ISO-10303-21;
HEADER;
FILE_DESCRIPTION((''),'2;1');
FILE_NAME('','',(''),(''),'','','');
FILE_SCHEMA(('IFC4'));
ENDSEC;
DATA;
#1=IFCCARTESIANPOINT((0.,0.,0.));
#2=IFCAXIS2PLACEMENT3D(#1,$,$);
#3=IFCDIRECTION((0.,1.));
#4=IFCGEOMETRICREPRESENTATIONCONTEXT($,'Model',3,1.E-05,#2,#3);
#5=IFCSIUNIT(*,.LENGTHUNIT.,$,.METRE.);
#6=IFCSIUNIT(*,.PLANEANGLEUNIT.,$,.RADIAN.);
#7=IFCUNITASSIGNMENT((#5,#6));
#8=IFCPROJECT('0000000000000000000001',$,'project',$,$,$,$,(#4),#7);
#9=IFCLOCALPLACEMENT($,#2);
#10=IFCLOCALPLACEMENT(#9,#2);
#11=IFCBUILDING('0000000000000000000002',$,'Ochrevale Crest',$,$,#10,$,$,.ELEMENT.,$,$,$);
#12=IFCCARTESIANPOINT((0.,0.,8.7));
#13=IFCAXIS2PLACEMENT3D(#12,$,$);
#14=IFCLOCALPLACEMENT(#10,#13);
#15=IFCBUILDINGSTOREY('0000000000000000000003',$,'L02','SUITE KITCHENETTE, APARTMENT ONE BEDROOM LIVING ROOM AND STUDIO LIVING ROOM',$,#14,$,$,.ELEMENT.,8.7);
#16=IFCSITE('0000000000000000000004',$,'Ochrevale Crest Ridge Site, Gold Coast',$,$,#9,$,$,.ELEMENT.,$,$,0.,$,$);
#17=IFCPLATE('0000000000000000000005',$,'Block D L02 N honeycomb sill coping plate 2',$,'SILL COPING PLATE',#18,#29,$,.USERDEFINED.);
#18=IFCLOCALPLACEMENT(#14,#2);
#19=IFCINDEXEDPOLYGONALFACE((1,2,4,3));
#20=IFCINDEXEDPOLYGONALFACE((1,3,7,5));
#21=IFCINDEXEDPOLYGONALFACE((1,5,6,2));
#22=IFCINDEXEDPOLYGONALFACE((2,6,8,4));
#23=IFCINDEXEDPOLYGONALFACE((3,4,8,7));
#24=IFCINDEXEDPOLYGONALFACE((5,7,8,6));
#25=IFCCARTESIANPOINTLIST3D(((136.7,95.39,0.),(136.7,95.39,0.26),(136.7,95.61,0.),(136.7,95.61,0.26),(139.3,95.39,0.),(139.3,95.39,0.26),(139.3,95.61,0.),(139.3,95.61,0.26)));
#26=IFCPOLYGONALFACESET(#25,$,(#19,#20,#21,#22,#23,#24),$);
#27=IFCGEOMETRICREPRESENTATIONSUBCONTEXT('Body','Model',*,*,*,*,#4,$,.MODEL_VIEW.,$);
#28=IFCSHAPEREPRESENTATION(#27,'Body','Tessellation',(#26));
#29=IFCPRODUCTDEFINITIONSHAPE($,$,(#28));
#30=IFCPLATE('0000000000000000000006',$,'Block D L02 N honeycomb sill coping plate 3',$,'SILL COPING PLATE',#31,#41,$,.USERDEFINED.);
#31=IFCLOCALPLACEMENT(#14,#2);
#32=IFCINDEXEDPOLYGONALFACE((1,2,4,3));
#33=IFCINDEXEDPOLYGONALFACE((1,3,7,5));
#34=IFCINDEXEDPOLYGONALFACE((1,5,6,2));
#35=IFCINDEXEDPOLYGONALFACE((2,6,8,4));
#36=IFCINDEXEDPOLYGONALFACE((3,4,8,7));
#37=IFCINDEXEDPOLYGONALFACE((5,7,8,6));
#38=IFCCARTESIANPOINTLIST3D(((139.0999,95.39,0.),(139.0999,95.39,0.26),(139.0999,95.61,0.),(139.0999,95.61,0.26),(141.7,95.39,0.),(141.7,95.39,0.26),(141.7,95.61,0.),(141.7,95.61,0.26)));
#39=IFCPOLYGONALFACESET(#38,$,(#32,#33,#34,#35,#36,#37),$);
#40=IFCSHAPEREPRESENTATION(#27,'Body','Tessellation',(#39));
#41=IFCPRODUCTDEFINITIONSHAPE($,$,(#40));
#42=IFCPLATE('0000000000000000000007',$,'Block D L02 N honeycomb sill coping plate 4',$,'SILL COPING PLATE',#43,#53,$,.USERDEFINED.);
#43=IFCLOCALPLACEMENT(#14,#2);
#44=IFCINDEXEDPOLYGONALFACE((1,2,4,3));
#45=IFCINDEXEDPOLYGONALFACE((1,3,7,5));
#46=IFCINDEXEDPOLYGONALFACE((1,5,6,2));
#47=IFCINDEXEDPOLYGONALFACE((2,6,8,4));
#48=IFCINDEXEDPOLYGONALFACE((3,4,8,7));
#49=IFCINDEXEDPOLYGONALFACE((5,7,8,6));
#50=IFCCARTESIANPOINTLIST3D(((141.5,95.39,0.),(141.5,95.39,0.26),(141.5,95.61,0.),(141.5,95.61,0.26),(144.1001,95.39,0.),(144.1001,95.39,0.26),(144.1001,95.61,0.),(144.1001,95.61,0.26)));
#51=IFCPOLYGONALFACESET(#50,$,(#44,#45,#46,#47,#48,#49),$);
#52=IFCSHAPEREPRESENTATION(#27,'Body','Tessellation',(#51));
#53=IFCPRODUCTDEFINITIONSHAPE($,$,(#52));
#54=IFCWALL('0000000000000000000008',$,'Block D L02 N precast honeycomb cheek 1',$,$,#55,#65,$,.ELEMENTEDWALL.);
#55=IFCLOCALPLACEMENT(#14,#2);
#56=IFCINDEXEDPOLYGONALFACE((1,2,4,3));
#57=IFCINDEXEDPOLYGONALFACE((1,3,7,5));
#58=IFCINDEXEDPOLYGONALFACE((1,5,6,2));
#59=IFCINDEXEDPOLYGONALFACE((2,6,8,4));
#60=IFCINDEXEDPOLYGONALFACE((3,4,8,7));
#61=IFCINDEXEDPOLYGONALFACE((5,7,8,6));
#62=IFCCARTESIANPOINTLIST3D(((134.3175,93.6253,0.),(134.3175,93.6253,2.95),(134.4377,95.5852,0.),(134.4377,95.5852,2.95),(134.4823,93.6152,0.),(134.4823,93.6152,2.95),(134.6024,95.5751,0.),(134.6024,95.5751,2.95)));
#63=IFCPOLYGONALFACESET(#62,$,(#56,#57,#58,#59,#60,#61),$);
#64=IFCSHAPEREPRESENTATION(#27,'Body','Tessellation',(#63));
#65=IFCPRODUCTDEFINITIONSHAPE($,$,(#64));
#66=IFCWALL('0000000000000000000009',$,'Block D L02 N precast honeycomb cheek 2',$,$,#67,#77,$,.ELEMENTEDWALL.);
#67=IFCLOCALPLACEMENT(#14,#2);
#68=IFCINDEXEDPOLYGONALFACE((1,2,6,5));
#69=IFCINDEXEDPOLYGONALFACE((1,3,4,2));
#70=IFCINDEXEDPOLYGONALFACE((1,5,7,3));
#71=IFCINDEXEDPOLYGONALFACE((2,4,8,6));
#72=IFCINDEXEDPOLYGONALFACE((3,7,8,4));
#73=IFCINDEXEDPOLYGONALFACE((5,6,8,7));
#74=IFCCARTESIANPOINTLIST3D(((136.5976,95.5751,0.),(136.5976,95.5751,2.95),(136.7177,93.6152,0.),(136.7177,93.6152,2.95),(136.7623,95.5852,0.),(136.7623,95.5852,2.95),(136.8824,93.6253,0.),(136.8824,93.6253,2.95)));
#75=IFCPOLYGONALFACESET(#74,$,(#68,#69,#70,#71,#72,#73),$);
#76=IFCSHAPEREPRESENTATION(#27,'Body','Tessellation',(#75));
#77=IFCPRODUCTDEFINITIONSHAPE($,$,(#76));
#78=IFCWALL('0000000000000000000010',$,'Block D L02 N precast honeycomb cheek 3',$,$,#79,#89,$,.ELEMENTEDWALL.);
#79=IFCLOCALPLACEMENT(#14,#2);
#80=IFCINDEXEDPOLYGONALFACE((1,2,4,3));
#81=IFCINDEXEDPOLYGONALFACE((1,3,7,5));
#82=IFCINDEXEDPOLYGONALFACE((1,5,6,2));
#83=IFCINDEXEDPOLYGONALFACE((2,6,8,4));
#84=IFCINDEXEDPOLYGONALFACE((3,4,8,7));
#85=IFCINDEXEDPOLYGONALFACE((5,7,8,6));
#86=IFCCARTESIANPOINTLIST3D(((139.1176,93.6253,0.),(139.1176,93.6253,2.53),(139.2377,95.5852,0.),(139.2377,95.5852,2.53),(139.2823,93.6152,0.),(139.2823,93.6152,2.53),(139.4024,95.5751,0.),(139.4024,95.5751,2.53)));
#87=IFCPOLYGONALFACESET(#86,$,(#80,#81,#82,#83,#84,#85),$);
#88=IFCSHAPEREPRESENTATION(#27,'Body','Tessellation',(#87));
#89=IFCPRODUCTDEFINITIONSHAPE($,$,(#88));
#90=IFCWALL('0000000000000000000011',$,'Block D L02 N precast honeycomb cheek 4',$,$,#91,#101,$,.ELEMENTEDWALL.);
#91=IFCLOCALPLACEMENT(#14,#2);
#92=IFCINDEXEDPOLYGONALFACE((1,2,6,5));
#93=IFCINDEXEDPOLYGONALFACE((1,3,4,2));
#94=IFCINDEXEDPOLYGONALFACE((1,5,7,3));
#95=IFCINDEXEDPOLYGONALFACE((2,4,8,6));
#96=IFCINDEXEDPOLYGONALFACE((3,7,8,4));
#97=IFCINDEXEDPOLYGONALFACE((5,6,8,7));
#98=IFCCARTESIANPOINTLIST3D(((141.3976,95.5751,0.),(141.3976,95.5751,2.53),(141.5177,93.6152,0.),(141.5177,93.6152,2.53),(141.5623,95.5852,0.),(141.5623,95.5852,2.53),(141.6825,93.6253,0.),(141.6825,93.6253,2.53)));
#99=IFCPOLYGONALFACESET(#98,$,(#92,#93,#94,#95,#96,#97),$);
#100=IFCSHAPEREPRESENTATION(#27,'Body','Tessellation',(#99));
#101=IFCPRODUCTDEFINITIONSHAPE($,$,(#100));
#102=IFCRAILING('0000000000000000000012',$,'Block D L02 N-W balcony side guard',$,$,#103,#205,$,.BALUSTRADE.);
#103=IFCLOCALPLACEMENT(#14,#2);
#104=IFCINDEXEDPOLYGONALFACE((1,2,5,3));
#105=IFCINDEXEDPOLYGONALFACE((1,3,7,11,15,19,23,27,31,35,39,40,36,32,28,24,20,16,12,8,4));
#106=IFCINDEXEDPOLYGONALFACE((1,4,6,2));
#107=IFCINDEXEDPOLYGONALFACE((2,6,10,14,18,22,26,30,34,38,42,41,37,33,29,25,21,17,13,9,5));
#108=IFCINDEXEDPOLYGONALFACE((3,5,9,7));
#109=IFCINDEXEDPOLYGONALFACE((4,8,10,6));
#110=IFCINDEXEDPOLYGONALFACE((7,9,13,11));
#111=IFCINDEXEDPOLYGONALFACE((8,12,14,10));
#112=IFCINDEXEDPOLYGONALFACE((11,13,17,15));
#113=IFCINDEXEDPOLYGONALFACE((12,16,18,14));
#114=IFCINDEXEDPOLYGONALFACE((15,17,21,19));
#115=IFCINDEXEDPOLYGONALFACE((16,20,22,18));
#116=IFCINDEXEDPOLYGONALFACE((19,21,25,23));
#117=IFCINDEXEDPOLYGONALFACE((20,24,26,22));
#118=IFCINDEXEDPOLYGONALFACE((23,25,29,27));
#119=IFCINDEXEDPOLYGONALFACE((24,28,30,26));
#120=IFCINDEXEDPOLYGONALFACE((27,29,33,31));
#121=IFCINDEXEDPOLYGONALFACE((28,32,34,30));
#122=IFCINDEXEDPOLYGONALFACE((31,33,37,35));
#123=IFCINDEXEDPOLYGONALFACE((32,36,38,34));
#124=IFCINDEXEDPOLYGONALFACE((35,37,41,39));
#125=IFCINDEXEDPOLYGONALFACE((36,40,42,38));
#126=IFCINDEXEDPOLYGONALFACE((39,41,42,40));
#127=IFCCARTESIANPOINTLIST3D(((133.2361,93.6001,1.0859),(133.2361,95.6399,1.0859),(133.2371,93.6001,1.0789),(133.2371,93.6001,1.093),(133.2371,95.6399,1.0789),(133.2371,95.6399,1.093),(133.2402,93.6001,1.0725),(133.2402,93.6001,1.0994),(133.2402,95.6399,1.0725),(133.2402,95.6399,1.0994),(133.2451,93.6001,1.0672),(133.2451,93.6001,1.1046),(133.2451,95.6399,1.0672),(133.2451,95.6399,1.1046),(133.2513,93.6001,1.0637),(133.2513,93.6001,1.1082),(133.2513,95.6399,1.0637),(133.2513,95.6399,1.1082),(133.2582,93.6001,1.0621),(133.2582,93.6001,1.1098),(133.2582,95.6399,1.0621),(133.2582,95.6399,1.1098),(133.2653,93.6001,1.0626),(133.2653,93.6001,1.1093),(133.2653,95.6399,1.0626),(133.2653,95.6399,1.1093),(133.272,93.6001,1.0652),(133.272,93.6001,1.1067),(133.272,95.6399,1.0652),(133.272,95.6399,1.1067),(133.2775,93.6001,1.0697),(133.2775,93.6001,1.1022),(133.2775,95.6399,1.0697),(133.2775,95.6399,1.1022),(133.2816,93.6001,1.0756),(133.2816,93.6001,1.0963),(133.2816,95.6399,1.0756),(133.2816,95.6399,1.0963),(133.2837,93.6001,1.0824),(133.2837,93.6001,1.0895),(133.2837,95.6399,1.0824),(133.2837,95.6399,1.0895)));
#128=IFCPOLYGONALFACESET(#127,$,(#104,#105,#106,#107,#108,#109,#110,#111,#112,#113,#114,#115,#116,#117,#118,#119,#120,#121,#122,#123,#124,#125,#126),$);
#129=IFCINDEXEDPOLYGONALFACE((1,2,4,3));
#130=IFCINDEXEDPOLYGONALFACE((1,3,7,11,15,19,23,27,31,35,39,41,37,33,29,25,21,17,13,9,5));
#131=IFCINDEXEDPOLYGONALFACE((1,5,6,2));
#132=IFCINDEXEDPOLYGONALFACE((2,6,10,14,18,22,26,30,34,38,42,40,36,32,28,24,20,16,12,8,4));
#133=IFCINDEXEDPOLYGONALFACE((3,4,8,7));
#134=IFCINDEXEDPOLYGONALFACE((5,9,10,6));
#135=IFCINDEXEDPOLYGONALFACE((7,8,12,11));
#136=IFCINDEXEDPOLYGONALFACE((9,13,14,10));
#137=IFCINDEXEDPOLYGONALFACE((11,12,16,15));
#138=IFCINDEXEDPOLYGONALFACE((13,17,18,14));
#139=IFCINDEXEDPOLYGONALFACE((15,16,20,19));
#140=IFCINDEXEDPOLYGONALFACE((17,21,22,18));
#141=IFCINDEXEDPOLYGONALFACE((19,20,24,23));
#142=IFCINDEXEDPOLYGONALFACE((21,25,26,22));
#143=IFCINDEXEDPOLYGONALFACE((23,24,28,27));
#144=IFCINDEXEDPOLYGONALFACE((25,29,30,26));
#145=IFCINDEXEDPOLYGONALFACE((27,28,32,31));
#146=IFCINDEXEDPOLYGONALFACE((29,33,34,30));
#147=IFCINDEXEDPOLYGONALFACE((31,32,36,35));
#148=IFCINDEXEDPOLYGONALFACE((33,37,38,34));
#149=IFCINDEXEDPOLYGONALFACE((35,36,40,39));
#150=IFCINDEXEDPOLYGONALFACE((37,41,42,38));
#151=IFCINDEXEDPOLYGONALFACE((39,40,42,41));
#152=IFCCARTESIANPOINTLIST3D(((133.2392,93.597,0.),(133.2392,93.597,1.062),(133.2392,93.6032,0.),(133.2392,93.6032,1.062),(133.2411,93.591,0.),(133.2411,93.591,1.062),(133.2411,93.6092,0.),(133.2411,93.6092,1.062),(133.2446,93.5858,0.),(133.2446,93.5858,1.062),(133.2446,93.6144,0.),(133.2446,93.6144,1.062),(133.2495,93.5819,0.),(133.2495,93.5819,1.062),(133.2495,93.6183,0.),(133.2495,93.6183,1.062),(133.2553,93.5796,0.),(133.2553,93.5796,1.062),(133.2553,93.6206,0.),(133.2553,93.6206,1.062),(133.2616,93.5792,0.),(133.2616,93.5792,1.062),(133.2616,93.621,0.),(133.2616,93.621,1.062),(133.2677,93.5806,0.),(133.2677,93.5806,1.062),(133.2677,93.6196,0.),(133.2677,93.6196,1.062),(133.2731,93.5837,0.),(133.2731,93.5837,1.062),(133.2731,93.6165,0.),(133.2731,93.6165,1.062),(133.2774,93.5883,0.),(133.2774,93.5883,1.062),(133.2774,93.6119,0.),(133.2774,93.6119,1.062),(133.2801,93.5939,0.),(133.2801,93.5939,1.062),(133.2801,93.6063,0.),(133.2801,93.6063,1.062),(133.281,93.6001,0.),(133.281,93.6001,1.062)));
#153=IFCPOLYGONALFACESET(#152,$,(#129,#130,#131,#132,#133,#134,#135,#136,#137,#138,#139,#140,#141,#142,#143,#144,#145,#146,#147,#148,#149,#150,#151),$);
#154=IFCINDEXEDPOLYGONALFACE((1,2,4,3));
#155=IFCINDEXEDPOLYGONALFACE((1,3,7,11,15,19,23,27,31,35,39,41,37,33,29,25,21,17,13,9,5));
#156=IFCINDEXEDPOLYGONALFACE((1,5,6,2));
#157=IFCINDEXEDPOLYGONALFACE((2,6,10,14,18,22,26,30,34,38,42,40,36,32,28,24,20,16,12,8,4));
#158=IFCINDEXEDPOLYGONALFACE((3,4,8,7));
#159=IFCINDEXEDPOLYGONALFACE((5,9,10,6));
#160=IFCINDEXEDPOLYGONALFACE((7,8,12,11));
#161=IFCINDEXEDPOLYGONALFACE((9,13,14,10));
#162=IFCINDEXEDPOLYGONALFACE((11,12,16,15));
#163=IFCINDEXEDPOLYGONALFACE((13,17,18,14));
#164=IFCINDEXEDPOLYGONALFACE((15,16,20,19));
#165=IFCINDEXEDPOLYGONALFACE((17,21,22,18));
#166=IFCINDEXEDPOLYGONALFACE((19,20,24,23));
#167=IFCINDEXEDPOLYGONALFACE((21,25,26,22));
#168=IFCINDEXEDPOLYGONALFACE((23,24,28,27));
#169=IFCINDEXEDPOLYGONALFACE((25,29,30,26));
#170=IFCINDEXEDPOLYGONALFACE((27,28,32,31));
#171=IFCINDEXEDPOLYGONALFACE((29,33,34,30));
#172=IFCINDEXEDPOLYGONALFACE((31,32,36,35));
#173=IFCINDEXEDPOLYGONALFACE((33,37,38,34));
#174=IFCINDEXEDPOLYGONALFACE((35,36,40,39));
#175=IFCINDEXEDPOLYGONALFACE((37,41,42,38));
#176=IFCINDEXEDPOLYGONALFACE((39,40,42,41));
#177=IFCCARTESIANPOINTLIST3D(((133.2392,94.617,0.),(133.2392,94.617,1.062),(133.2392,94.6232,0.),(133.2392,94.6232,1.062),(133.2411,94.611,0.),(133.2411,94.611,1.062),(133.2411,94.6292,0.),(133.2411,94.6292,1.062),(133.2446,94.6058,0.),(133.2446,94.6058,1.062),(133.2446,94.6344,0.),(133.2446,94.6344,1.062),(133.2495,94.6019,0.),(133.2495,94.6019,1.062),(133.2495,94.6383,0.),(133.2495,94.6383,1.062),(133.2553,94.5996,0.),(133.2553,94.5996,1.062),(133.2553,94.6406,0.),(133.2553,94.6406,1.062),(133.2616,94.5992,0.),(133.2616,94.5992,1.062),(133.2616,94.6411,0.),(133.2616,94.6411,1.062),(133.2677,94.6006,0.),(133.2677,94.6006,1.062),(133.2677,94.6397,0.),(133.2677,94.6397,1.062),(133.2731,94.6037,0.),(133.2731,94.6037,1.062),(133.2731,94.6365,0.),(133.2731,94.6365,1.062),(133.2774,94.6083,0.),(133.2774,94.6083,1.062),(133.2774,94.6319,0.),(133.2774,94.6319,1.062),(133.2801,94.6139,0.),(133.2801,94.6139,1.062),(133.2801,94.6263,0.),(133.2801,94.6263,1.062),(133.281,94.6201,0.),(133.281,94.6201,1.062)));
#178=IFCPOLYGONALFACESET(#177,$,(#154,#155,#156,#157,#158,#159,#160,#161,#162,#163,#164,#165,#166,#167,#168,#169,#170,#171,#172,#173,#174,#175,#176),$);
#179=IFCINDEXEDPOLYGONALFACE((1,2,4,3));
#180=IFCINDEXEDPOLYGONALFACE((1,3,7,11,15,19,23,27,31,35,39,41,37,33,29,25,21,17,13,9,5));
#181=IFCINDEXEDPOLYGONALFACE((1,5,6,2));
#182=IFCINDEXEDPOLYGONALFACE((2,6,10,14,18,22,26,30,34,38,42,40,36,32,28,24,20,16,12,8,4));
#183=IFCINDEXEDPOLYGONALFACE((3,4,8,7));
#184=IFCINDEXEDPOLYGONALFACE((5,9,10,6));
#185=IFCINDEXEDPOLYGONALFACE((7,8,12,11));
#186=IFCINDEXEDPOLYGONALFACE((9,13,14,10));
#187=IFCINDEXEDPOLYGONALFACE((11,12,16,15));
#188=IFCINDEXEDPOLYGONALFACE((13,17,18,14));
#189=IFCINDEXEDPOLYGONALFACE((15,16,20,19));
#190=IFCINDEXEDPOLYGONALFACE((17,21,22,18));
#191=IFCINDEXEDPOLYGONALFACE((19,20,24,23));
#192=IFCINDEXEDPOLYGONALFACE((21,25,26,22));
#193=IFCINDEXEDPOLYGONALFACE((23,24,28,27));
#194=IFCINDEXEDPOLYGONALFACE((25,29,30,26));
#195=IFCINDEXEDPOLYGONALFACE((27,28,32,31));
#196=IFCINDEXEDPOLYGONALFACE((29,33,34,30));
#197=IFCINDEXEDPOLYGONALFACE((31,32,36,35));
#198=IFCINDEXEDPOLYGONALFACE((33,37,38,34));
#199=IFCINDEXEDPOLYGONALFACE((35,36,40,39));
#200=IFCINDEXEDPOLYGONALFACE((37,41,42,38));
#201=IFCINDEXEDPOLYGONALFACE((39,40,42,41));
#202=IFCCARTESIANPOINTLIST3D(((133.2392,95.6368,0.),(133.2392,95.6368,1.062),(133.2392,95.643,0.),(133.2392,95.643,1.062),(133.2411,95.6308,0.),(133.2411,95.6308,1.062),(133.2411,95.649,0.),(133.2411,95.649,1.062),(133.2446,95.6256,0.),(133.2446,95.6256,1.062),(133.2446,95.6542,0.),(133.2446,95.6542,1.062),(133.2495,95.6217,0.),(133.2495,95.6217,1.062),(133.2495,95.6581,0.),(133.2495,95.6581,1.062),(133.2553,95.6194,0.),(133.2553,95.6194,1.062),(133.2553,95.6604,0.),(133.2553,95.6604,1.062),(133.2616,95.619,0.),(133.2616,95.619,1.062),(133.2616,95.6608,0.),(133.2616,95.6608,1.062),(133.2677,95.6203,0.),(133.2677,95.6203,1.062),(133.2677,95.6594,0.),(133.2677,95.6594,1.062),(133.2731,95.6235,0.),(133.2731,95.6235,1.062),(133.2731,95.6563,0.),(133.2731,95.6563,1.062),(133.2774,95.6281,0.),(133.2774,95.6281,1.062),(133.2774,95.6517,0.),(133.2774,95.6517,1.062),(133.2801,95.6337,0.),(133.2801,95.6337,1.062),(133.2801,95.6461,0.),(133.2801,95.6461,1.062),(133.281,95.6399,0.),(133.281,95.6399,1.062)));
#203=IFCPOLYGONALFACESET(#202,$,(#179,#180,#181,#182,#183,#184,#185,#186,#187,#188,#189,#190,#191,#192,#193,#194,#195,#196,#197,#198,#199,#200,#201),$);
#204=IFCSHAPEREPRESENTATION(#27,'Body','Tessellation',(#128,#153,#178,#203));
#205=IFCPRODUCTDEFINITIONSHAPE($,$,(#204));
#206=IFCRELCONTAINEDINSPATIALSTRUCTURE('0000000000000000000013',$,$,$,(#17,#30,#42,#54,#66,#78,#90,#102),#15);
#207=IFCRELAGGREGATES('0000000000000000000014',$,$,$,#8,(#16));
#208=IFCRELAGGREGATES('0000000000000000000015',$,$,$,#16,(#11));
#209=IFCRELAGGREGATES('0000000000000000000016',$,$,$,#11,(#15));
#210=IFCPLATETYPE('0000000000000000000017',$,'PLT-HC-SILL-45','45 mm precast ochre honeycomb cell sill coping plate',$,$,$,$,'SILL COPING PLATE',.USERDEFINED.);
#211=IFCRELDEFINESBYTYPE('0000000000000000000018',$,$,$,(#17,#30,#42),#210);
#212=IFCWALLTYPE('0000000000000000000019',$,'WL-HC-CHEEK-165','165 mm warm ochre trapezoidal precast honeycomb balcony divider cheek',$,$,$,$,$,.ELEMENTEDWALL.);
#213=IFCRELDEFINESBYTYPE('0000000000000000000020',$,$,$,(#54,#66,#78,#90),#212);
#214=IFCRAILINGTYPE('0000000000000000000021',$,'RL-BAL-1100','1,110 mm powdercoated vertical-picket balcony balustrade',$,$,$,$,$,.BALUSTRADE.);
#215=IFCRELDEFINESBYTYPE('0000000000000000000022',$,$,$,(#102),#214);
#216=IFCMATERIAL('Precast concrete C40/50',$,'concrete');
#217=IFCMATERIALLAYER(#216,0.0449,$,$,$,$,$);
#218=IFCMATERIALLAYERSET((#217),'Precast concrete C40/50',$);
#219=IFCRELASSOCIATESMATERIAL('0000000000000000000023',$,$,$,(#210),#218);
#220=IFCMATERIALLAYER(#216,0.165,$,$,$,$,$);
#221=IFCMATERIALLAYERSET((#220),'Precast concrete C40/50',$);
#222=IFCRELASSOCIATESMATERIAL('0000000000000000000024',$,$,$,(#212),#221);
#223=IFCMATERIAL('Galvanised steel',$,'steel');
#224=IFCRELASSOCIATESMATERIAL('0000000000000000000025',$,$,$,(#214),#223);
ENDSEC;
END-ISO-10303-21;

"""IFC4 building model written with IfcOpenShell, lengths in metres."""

from ifc_helpers import new_model, si_unit, direction, frame, frame_2d, origin, origin_2d, place, context, subcontext, project, spatial, rectangle, circle, extrude, material, layer, layer_set, type_object, element, save


model = new_model("IFC4")

# Units and contexts
model_context = context("Model", 3, precision=1e-05, world=origin(), true_north=direction((0.0, 1.0)))
body_context = subcontext(model_context, "Body", "Model", "MODEL_VIEW")
ifc_project = project(units=[si_unit("LENGTHUNIT", "METRE"), si_unit("PLANEANGLEUNIT", "RADIAN")], contexts=[model_context])

# Site, building, storey
site_placement = place(None, origin())
site = spatial("IfcSite", under=ifc_project, at=site_placement, Name="Ochrevale Crest Ridge Site, Gold Coast", CompositionType="ELEMENT", RefElevation=0.0)
building_placement = place(site_placement, origin())
building = spatial("IfcBuilding", under=site, at=building_placement, Name="Ochrevale Crest", CompositionType="ELEMENT")
storey_placement = place(building_placement, frame((0.0, 0.0, 8.7)))
storey = spatial("IfcBuildingStorey", under=building, at=storey_placement, Name="L02", Description="SUITE KITCHENETTE, APARTMENT ONE BEDROOM LIVING ROOM AND STUDIO LIVING ROOM", CompositionType="ELEMENT", Elevation=8.7)

# Shared definitions
ifc_material_1 = material(Name="Precast concrete C40/50", Category="concrete")

# Plates
ifc_layer_1 = layer(ifc_material_1, 0.0449)
ifc_layer_set_1 = layer_set([ifc_layer_1], Name="Precast concrete C40/50")
plate_type_1 = type_object("IfcPlateType", Name="PLT-HC-SILL-45", Description="45 mm precast ochre honeycomb cell sill coping plate", ElementType="SILL COPING PLATE", PredefinedType="USERDEFINED", material=ifc_layer_set_1)
for number, where, z_axis, x_axis, name in (
    (1, (138.0, 95.5, 0.0), (0.0, 0.0, 1.0), (1.0, 0.0, 0.0), "Block D L02 N honeycomb sill coping plate 2"),
    (2, (140.3999, 95.5, 0.0), (0.0, 0.0, 1.0), (1.0, 0.0, 0.0), "Block D L02 N honeycomb sill coping plate 3"),
    (3, (142.8, 95.5, 0.0), (0.0, 0.0, 1.0), (1.0, 0.0, 0.0), "Block D L02 N honeycomb sill coping plate 4"),
):
    element("IfcPlate", number, at=place(storey_placement, frame(where, z_axis=z_axis, x_axis=x_axis)), inside=storey, type_object=plate_type_1, Name=name, ObjectType="SILL COPING PLATE", PredefinedType="USERDEFINED", context=body_context, shape_type="SweptSolid", body=[
        extrude(rectangle(XDim=2.6001, YDim=0.22, at=origin_2d()), origin(), (0.0, 0.0, 1.0), 0.26),
    ])

# Walls
ifc_layer_2 = layer(ifc_material_1, 0.165)
ifc_layer_set_2 = layer_set([ifc_layer_2], Name="Precast concrete C40/50")
wall_type = type_object("IfcWallType", Name="WL-HC-CHEEK-165", Description="165 mm warm ochre trapezoidal precast honeycomb balcony divider cheek", PredefinedType="ELEMENTEDWALL", material=ifc_layer_set_2)
for number, where, z_axis, x_axis, name in (
    (4, (134.3999, 93.6201, 0.0), (0.0, 0.0, 1.0), (0.061171, 0.998127, 0.0), "Block D L02 N precast honeycomb cheek 1"),
    (5, (136.8, 93.6201, 0.0), (0.0, 0.0, 1.0), (-0.061171, 0.998127, 0.0), "Block D L02 N precast honeycomb cheek 2"),
):
    element("IfcWall", number, at=place(storey_placement, frame(where, z_axis=z_axis, x_axis=x_axis)), inside=storey, type_object=wall_type, Name=name, PredefinedType="ELEMENTEDWALL", context=body_context, shape_type="SweptSolid", body=[
        extrude(rectangle(XDim=1.9636, YDim=0.165, at=frame_2d((0.9819, 0.0))), origin(), (0.0, 0.0, 1.0), 2.95),
    ])
for number, where, z_axis, x_axis, name in (
    (6, (139.2, 93.6201, 0.0), (0.0, 0.0, 1.0), (0.061171, 0.998127, 0.0), "Block D L02 N precast honeycomb cheek 3"),
    (7, (141.6001, 93.6201, 0.0), (0.0, 0.0, 1.0), (-0.061171, 0.998127, 0.0), "Block D L02 N precast honeycomb cheek 4"),
):
    element("IfcWall", number, at=place(storey_placement, frame(where, z_axis=z_axis, x_axis=x_axis)), inside=storey, type_object=wall_type, Name=name, PredefinedType="ELEMENTEDWALL", context=body_context, shape_type="SweptSolid", body=[
        extrude(rectangle(XDim=1.9636, YDim=0.165, at=frame_2d((0.9819, 0.0))), origin(), (0.0, 0.0, 1.0), 2.53),
    ])

# Railing
ifc_material_2 = material(Name="Galvanised steel", Category="steel")
railing_type = type_object("IfcRailingType", Name="RL-BAL-1100", Description="1,110 mm powdercoated vertical-picket balcony balustrade", PredefinedType="BALUSTRADE", material=ifc_material_2)
railing_1_placement = place(storey_placement, frame((133.26, 93.6001, 0.0)))
element("IfcRailing", 8, at=railing_1_placement, inside=storey, type_object=railing_type, Name="Block D L02 N-W balcony side guard", PredefinedType="BALUSTRADE", context=body_context, shape_type="SweptSolid", body=[
    extrude(circle(Radius=0.0239, at=origin_2d()), frame((0.0, 0.0, 1.0859), z_axis=(0.0, 1.0, 0.0), x_axis=(-1.0, 0.0, 0.0)), (0.0, 0.0, 1.0), 2.0398),
    extrude(circle(Radius=0.021, at=origin_2d()), origin(), (0.0, 0.0, 1.0), 1.062),
    extrude(circle(Radius=0.021, at=origin_2d()), frame((0.0, 1.02, 0.0)), (0.0, 0.0, 1.0), 1.062),
    extrude(circle(Radius=0.021, at=origin_2d()), frame((0.0, 2.0398, 0.0)), (0.0, 0.0, 1.0), 1.062),
])

save(model, "model.ifc")
